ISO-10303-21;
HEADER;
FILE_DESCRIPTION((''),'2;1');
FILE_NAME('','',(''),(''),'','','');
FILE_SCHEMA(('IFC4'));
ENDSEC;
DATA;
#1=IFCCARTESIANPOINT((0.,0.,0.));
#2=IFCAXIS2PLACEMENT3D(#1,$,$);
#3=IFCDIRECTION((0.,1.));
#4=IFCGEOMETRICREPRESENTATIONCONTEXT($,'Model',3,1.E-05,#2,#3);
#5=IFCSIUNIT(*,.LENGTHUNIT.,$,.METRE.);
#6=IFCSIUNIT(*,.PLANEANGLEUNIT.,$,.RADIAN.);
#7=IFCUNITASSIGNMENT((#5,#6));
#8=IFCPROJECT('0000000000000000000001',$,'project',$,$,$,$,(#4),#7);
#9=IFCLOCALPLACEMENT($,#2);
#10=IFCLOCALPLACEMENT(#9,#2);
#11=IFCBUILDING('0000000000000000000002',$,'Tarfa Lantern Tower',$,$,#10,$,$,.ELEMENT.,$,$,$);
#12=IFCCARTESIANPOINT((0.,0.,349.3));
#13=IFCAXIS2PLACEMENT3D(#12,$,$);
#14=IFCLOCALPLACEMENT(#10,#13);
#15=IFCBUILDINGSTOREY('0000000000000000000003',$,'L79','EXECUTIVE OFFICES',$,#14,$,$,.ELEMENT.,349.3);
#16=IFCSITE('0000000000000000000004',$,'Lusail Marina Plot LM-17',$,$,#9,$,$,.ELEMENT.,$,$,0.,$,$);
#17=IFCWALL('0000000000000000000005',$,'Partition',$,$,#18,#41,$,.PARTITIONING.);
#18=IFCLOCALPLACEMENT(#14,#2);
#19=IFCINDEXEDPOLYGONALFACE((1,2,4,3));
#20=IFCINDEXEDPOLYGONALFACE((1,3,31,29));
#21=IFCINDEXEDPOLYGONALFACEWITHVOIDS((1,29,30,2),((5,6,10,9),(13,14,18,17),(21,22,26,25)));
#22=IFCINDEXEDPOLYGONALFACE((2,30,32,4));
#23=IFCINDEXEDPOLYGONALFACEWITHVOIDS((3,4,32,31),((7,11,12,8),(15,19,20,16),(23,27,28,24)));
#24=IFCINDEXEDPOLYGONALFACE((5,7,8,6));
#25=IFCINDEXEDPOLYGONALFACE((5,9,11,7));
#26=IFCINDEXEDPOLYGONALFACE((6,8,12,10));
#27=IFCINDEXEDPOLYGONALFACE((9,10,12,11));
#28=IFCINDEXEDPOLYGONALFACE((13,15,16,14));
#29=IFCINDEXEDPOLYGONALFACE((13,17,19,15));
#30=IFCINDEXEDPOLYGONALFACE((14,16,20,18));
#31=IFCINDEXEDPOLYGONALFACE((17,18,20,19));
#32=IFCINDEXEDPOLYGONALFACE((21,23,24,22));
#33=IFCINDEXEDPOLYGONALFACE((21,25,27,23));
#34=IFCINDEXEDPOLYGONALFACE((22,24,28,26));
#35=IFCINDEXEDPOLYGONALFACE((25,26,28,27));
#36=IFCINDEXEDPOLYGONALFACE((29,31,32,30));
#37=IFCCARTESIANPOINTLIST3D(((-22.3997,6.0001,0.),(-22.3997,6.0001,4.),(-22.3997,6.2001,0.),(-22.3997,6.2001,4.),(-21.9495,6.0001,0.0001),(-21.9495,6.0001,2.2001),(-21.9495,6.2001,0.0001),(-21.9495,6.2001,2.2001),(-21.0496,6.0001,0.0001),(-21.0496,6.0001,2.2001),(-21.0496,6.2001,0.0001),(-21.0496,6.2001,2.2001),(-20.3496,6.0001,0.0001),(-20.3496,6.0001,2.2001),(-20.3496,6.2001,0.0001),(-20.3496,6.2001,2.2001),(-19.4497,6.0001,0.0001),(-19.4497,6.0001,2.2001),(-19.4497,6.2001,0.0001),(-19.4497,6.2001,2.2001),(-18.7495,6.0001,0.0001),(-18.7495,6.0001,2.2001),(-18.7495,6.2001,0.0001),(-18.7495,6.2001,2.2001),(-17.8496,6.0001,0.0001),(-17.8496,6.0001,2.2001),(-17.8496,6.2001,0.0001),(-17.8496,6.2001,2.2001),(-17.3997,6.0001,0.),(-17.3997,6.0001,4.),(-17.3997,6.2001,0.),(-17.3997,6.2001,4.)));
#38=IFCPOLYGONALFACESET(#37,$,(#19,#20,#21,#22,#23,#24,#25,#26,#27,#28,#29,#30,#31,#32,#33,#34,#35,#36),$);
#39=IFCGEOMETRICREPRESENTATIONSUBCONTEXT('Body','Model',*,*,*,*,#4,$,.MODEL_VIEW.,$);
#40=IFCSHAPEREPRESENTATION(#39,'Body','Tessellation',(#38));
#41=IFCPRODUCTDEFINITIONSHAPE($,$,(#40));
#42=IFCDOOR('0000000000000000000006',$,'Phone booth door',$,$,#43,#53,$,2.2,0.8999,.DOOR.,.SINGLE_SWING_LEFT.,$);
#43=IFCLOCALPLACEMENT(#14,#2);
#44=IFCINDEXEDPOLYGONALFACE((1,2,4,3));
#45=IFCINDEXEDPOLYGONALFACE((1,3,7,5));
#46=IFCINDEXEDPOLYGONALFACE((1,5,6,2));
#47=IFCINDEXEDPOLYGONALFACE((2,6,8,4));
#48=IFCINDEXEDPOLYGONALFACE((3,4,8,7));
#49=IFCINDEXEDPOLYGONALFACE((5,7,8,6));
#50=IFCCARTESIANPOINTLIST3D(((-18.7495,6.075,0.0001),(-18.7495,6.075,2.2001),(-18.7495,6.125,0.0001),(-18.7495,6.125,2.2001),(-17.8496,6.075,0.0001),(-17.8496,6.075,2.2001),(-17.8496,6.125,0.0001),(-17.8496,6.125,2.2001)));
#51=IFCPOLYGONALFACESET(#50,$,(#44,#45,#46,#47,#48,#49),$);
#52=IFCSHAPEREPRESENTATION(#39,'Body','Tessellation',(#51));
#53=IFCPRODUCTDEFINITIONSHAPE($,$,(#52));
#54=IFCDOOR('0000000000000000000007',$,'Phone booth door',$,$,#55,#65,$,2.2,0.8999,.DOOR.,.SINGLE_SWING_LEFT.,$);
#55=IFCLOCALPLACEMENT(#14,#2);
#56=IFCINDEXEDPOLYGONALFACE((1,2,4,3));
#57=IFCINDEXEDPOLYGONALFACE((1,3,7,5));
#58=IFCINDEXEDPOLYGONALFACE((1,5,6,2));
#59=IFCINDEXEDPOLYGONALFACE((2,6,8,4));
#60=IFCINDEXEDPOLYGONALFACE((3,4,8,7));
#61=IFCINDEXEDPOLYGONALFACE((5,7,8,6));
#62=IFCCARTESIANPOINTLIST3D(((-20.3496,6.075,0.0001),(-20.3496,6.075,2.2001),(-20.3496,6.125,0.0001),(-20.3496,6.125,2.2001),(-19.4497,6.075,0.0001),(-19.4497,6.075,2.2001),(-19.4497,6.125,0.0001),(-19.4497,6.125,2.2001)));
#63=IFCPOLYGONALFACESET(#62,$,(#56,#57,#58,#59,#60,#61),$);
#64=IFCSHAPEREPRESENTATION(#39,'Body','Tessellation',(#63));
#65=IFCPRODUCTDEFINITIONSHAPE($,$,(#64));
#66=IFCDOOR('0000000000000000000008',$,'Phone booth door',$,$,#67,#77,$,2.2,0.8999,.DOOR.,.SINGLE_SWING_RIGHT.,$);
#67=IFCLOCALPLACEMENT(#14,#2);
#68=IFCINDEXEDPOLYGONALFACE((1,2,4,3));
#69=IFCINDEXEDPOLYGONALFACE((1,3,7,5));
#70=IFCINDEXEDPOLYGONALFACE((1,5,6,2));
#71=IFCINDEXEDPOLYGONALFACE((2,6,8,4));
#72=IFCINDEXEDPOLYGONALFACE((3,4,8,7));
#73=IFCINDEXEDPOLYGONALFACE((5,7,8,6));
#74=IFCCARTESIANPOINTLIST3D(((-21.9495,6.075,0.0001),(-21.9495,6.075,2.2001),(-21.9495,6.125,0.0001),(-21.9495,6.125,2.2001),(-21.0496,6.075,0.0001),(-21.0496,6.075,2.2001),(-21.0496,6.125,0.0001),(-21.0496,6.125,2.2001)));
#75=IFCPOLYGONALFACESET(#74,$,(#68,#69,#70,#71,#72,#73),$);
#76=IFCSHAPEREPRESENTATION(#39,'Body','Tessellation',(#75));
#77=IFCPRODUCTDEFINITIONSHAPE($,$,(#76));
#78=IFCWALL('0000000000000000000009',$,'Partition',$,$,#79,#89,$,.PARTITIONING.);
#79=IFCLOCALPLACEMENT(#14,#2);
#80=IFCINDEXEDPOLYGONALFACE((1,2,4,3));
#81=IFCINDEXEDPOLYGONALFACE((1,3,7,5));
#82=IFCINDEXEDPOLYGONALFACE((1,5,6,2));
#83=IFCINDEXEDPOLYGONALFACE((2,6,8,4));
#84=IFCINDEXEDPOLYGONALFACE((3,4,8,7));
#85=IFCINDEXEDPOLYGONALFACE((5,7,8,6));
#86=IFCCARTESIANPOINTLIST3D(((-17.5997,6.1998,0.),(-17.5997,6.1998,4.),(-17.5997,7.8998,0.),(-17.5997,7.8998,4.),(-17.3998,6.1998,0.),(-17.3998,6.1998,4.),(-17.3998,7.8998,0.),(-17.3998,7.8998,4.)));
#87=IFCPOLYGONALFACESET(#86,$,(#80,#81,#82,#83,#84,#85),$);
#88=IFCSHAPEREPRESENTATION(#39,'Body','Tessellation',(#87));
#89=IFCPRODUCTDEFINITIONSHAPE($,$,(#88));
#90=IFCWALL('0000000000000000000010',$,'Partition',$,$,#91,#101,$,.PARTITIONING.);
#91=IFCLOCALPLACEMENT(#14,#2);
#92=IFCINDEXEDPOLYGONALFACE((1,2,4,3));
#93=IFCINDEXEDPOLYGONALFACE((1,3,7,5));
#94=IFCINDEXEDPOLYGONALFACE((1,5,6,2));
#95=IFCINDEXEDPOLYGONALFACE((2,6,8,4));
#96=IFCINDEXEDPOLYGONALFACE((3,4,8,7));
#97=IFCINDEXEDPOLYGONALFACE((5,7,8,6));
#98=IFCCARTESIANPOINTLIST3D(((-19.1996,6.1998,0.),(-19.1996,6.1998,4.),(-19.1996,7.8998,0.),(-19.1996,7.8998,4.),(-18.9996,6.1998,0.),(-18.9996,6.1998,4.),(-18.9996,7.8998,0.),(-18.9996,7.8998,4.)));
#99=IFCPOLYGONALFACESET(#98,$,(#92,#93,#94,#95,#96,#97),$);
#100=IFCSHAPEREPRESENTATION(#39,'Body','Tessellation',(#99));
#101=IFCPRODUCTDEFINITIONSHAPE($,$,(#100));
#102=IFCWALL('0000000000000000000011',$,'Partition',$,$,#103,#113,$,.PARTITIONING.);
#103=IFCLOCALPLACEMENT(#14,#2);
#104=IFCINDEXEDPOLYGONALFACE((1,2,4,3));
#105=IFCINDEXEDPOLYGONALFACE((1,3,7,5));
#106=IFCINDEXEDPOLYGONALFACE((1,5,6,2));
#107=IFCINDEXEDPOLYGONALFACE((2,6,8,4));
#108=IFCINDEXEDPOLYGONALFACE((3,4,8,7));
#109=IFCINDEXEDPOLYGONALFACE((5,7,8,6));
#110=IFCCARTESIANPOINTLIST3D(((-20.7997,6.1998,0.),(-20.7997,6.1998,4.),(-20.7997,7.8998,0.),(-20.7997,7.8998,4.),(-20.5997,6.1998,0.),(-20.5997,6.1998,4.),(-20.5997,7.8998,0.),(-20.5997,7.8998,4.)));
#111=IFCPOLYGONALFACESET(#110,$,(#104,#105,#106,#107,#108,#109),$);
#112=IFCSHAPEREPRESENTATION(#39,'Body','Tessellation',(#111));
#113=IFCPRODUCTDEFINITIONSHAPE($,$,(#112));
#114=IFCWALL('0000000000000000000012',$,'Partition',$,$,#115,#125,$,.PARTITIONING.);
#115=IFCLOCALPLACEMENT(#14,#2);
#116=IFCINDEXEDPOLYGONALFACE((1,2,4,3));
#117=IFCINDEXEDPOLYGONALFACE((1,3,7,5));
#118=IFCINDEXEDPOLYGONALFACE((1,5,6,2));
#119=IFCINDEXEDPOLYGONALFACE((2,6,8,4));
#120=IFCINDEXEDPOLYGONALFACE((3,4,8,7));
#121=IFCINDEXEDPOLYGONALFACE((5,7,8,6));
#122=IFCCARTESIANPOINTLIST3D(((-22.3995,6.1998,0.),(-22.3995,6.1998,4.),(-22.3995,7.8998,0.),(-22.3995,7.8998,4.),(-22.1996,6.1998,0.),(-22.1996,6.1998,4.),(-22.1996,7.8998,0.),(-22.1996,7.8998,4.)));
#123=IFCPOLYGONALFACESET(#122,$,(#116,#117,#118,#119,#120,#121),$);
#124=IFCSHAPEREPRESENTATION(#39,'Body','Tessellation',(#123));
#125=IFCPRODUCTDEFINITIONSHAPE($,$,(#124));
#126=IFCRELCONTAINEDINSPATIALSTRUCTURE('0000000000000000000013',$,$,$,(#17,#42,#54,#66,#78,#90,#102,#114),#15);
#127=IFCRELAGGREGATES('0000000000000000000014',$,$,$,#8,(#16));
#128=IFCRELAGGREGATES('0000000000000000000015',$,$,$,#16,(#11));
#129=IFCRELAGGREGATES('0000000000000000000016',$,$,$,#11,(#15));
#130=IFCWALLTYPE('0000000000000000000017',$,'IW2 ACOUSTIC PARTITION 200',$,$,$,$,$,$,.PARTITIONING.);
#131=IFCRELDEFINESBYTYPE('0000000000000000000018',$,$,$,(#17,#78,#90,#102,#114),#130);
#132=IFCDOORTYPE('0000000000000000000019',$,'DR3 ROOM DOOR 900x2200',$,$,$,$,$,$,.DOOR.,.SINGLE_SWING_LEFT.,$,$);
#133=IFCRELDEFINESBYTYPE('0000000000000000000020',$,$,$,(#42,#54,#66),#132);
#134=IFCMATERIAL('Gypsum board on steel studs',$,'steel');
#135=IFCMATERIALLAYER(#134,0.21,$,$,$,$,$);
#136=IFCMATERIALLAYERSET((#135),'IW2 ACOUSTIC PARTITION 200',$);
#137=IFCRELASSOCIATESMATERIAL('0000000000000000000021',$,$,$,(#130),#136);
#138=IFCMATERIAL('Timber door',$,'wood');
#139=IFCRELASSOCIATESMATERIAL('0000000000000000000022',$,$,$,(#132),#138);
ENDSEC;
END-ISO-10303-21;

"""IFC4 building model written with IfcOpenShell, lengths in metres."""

from ifc_helpers import new_model, si_unit, direction, frame, frame_2d, origin, place, context, subcontext, project, spatial, rectangle, extrude, material, layer, layer_set, type_object, element, fill, save


model = new_model("IFC4")

# Units and contexts
model_context = context("Model", 3, precision=1e-05, world=origin(), true_north=direction((0.0, 1.0)))
body_context = subcontext(model_context, "Body", "Model", "MODEL_VIEW")
ifc_project = project(units=[si_unit("LENGTHUNIT", "METRE"), si_unit("PLANEANGLEUNIT", "RADIAN")], contexts=[model_context])

# Site, building, storey
site_placement = place(None, origin())
site = spatial("IfcSite", under=ifc_project, at=site_placement, Name="Lusail Marina Plot LM-17", CompositionType="ELEMENT", RefElevation=0.0)
building_placement = place(site_placement, origin())
building = spatial("IfcBuilding", under=site, at=building_placement, Name="Tarfa Lantern Tower", CompositionType="ELEMENT")
storey_placement = place(building_placement, frame((0.0, 0.0, 349.3)))
storey = spatial("IfcBuildingStorey", under=building, at=storey_placement, Name="L79", Description="EXECUTIVE OFFICES", CompositionType="ELEMENT", Elevation=349.3)

# Wall, openings, doors
ifc_material_1 = material(Name="Gypsum board on steel studs", Category="steel")
ifc_layer_1 = layer(ifc_material_1, 0.21)
ifc_layer_set_1 = layer_set([ifc_layer_1], Name="IW2 ACOUSTIC PARTITION 200")
wall_type = type_object("IfcWallType", Name="IW2 ACOUSTIC PARTITION 200", PredefinedType="PARTITIONING", material=ifc_layer_set_1)
wall_placement = place(storey_placement, frame((-17.3997, 6.1001, 0.0), z_axis=(0.0, 0.0, 1.0), x_axis=(-1.0, 0.0, 0.0)))
wall = element("IfcWall", 1, at=wall_placement, inside=storey, type_object=wall_type, Name="Partition", PredefinedType="PARTITIONING", context=body_context, shape_type="SweptSolid", body=[
    extrude(rectangle(XDim=5.0, YDim=0.2, at=frame_2d((2.5, 0.0))), origin(), (0.0, 0.0, 1.0), 4.0),
])
opening_1_placement = place(wall_placement, frame((0.45, 0.0, 0.0)))
opening_1 = element("IfcOpeningElement", 2, at=opening_1_placement, cuts=wall, PredefinedType="OPENING", context=body_context, shape_type="SweptSolid", body=[
    extrude(rectangle(XDim=0.8999, YDim=2.2, at=frame_2d((0.45, 1.1001))), frame((0.0, 0.1099, 0.0), z_axis=(0.0, -1.0, 0.0), x_axis=(1.0, 0.0, 0.0)), (0.0, 0.0, 1.0), 0.22),
])
opening_2_placement = place(wall_placement, frame((2.05, 0.0, 0.0)))
opening_2 = element("IfcOpeningElement", 3, at=opening_2_placement, cuts=wall, PredefinedType="OPENING", context=body_context, shape_type="SweptSolid", body=[
    extrude(rectangle(XDim=0.8999, YDim=2.2, at=frame_2d((0.45, 1.1001))), frame((0.0, 0.1099, 0.0), z_axis=(0.0, -1.0, 0.0), x_axis=(1.0, 0.0, 0.0)), (0.0, 0.0, 1.0), 0.22),
])
opening_3_placement = place(wall_placement, frame((3.6499, 0.0, 0.0)))
opening_3 = element("IfcOpeningElement", 4, at=opening_3_placement, cuts=wall, PredefinedType="OPENING", context=body_context, shape_type="SweptSolid", body=[
    extrude(rectangle(XDim=0.8999, YDim=2.2, at=frame_2d((0.45, 1.1001))), frame((0.0, 0.1099, 0.0), z_axis=(0.0, -1.0, 0.0), x_axis=(1.0, 0.0, 0.0)), (0.0, 0.0, 1.0), 0.22),
])
ifc_material_2 = material(Name="Timber door", Category="wood")
door_type = type_object("IfcDoorType", Name="DR3 ROOM DOOR 900x2200", OperationType="SINGLE_SWING_LEFT", PredefinedType="DOOR", material=ifc_material_2)
door_1_placement = place(opening_1_placement, frame((0.8999, 0.0, 0.0), z_axis=(0.0, 0.0, 1.0), x_axis=(-1.0, 0.0, 0.0)))
door_1 = element("IfcDoor", 5, at=door_1_placement, inside=storey, type_object=door_type, Name="Phone booth door", OperationType="SINGLE_SWING_LEFT", OverallHeight=2.2, OverallWidth=0.8999, PredefinedType="DOOR", context=body_context, shape_type="SweptSolid", body=[
    extrude(rectangle(XDim=0.8999, YDim=2.2, at=frame_2d((0.45, 1.1001))), frame((0.0, 0.0249, 0.0), z_axis=(0.0, -1.0, 0.0), x_axis=(1.0, 0.0, 0.0)), (0.0, 0.0, 1.0), 0.05),
])
fill(opening_1, door_1)
door_2_placement = place(opening_2_placement, frame((0.8999, 0.0, 0.0), z_axis=(0.0, 0.0, 1.0), x_axis=(-1.0, 0.0, 0.0)))
door_2 = element("IfcDoor", 6, at=door_2_placement, inside=storey, type_object=door_type, Name="Phone booth door", OperationType="SINGLE_SWING_LEFT", OverallHeight=2.2, OverallWidth=0.8999, PredefinedType="DOOR", context=body_context, shape_type="SweptSolid", body=[
    extrude(rectangle(XDim=0.8999, YDim=2.2, at=frame_2d((0.45, 1.1001))), frame((0.0, 0.0249, 0.0), z_axis=(0.0, -1.0, 0.0), x_axis=(1.0, 0.0, 0.0)), (0.0, 0.0, 1.0), 0.05),
])
fill(opening_2, door_2)
door_3_placement = place(opening_3_placement, frame((0.8999, 0.0, 0.0), z_axis=(0.0, 0.0, 1.0), x_axis=(-1.0, 0.0, 0.0)))
door_3 = element("IfcDoor", 7, at=door_3_placement, inside=storey, type_object=door_type, Name="Phone booth door", OperationType="SINGLE_SWING_RIGHT", OverallHeight=2.2, OverallWidth=0.8999, PredefinedType="DOOR", context=body_context, shape_type="SweptSolid", body=[
    extrude(rectangle(XDim=0.8999, YDim=2.2, at=frame_2d((0.45, 1.1001))), frame((0.0, 0.0249, 0.0), z_axis=(0.0, -1.0, 0.0), x_axis=(1.0, 0.0, 0.0)), (0.0, 0.0, 1.0), 0.05),
])
fill(opening_3, door_3)

# Walls
for number, where, z_axis, x_axis, name in (
    (8, (-17.4998, 7.8999, 0.0), (0.0, 0.0, 1.0), (0.0, -1.0, 0.0), "Partition"),
    (9, (-19.0996, 7.8999, 0.0), (0.0, 0.0, 1.0), (0.0, -1.0, 0.0), "Partition"),
    (10, (-20.6997, 7.8999, 0.0), (0.0, 0.0, 1.0), (0.0, -1.0, 0.0), "Partition"),
    (11, (-22.2996, 7.8999, 0.0), (0.0, 0.0, 1.0), (0.0, -1.0, 0.0), "Partition"),
):
    element("IfcWall", number, at=place(storey_placement, frame(where, z_axis=z_axis, x_axis=x_axis)), inside=storey, type_object=wall_type, Name=name, PredefinedType="PARTITIONING", context=body_context, shape_type="SweptSolid", body=[
        extrude(rectangle(XDim=1.7, YDim=0.2, at=frame_2d((0.8501, 0.0))), origin(), (0.0, 0.0, 1.0), 4.0),
    ])

save(model, "model.ifc")
